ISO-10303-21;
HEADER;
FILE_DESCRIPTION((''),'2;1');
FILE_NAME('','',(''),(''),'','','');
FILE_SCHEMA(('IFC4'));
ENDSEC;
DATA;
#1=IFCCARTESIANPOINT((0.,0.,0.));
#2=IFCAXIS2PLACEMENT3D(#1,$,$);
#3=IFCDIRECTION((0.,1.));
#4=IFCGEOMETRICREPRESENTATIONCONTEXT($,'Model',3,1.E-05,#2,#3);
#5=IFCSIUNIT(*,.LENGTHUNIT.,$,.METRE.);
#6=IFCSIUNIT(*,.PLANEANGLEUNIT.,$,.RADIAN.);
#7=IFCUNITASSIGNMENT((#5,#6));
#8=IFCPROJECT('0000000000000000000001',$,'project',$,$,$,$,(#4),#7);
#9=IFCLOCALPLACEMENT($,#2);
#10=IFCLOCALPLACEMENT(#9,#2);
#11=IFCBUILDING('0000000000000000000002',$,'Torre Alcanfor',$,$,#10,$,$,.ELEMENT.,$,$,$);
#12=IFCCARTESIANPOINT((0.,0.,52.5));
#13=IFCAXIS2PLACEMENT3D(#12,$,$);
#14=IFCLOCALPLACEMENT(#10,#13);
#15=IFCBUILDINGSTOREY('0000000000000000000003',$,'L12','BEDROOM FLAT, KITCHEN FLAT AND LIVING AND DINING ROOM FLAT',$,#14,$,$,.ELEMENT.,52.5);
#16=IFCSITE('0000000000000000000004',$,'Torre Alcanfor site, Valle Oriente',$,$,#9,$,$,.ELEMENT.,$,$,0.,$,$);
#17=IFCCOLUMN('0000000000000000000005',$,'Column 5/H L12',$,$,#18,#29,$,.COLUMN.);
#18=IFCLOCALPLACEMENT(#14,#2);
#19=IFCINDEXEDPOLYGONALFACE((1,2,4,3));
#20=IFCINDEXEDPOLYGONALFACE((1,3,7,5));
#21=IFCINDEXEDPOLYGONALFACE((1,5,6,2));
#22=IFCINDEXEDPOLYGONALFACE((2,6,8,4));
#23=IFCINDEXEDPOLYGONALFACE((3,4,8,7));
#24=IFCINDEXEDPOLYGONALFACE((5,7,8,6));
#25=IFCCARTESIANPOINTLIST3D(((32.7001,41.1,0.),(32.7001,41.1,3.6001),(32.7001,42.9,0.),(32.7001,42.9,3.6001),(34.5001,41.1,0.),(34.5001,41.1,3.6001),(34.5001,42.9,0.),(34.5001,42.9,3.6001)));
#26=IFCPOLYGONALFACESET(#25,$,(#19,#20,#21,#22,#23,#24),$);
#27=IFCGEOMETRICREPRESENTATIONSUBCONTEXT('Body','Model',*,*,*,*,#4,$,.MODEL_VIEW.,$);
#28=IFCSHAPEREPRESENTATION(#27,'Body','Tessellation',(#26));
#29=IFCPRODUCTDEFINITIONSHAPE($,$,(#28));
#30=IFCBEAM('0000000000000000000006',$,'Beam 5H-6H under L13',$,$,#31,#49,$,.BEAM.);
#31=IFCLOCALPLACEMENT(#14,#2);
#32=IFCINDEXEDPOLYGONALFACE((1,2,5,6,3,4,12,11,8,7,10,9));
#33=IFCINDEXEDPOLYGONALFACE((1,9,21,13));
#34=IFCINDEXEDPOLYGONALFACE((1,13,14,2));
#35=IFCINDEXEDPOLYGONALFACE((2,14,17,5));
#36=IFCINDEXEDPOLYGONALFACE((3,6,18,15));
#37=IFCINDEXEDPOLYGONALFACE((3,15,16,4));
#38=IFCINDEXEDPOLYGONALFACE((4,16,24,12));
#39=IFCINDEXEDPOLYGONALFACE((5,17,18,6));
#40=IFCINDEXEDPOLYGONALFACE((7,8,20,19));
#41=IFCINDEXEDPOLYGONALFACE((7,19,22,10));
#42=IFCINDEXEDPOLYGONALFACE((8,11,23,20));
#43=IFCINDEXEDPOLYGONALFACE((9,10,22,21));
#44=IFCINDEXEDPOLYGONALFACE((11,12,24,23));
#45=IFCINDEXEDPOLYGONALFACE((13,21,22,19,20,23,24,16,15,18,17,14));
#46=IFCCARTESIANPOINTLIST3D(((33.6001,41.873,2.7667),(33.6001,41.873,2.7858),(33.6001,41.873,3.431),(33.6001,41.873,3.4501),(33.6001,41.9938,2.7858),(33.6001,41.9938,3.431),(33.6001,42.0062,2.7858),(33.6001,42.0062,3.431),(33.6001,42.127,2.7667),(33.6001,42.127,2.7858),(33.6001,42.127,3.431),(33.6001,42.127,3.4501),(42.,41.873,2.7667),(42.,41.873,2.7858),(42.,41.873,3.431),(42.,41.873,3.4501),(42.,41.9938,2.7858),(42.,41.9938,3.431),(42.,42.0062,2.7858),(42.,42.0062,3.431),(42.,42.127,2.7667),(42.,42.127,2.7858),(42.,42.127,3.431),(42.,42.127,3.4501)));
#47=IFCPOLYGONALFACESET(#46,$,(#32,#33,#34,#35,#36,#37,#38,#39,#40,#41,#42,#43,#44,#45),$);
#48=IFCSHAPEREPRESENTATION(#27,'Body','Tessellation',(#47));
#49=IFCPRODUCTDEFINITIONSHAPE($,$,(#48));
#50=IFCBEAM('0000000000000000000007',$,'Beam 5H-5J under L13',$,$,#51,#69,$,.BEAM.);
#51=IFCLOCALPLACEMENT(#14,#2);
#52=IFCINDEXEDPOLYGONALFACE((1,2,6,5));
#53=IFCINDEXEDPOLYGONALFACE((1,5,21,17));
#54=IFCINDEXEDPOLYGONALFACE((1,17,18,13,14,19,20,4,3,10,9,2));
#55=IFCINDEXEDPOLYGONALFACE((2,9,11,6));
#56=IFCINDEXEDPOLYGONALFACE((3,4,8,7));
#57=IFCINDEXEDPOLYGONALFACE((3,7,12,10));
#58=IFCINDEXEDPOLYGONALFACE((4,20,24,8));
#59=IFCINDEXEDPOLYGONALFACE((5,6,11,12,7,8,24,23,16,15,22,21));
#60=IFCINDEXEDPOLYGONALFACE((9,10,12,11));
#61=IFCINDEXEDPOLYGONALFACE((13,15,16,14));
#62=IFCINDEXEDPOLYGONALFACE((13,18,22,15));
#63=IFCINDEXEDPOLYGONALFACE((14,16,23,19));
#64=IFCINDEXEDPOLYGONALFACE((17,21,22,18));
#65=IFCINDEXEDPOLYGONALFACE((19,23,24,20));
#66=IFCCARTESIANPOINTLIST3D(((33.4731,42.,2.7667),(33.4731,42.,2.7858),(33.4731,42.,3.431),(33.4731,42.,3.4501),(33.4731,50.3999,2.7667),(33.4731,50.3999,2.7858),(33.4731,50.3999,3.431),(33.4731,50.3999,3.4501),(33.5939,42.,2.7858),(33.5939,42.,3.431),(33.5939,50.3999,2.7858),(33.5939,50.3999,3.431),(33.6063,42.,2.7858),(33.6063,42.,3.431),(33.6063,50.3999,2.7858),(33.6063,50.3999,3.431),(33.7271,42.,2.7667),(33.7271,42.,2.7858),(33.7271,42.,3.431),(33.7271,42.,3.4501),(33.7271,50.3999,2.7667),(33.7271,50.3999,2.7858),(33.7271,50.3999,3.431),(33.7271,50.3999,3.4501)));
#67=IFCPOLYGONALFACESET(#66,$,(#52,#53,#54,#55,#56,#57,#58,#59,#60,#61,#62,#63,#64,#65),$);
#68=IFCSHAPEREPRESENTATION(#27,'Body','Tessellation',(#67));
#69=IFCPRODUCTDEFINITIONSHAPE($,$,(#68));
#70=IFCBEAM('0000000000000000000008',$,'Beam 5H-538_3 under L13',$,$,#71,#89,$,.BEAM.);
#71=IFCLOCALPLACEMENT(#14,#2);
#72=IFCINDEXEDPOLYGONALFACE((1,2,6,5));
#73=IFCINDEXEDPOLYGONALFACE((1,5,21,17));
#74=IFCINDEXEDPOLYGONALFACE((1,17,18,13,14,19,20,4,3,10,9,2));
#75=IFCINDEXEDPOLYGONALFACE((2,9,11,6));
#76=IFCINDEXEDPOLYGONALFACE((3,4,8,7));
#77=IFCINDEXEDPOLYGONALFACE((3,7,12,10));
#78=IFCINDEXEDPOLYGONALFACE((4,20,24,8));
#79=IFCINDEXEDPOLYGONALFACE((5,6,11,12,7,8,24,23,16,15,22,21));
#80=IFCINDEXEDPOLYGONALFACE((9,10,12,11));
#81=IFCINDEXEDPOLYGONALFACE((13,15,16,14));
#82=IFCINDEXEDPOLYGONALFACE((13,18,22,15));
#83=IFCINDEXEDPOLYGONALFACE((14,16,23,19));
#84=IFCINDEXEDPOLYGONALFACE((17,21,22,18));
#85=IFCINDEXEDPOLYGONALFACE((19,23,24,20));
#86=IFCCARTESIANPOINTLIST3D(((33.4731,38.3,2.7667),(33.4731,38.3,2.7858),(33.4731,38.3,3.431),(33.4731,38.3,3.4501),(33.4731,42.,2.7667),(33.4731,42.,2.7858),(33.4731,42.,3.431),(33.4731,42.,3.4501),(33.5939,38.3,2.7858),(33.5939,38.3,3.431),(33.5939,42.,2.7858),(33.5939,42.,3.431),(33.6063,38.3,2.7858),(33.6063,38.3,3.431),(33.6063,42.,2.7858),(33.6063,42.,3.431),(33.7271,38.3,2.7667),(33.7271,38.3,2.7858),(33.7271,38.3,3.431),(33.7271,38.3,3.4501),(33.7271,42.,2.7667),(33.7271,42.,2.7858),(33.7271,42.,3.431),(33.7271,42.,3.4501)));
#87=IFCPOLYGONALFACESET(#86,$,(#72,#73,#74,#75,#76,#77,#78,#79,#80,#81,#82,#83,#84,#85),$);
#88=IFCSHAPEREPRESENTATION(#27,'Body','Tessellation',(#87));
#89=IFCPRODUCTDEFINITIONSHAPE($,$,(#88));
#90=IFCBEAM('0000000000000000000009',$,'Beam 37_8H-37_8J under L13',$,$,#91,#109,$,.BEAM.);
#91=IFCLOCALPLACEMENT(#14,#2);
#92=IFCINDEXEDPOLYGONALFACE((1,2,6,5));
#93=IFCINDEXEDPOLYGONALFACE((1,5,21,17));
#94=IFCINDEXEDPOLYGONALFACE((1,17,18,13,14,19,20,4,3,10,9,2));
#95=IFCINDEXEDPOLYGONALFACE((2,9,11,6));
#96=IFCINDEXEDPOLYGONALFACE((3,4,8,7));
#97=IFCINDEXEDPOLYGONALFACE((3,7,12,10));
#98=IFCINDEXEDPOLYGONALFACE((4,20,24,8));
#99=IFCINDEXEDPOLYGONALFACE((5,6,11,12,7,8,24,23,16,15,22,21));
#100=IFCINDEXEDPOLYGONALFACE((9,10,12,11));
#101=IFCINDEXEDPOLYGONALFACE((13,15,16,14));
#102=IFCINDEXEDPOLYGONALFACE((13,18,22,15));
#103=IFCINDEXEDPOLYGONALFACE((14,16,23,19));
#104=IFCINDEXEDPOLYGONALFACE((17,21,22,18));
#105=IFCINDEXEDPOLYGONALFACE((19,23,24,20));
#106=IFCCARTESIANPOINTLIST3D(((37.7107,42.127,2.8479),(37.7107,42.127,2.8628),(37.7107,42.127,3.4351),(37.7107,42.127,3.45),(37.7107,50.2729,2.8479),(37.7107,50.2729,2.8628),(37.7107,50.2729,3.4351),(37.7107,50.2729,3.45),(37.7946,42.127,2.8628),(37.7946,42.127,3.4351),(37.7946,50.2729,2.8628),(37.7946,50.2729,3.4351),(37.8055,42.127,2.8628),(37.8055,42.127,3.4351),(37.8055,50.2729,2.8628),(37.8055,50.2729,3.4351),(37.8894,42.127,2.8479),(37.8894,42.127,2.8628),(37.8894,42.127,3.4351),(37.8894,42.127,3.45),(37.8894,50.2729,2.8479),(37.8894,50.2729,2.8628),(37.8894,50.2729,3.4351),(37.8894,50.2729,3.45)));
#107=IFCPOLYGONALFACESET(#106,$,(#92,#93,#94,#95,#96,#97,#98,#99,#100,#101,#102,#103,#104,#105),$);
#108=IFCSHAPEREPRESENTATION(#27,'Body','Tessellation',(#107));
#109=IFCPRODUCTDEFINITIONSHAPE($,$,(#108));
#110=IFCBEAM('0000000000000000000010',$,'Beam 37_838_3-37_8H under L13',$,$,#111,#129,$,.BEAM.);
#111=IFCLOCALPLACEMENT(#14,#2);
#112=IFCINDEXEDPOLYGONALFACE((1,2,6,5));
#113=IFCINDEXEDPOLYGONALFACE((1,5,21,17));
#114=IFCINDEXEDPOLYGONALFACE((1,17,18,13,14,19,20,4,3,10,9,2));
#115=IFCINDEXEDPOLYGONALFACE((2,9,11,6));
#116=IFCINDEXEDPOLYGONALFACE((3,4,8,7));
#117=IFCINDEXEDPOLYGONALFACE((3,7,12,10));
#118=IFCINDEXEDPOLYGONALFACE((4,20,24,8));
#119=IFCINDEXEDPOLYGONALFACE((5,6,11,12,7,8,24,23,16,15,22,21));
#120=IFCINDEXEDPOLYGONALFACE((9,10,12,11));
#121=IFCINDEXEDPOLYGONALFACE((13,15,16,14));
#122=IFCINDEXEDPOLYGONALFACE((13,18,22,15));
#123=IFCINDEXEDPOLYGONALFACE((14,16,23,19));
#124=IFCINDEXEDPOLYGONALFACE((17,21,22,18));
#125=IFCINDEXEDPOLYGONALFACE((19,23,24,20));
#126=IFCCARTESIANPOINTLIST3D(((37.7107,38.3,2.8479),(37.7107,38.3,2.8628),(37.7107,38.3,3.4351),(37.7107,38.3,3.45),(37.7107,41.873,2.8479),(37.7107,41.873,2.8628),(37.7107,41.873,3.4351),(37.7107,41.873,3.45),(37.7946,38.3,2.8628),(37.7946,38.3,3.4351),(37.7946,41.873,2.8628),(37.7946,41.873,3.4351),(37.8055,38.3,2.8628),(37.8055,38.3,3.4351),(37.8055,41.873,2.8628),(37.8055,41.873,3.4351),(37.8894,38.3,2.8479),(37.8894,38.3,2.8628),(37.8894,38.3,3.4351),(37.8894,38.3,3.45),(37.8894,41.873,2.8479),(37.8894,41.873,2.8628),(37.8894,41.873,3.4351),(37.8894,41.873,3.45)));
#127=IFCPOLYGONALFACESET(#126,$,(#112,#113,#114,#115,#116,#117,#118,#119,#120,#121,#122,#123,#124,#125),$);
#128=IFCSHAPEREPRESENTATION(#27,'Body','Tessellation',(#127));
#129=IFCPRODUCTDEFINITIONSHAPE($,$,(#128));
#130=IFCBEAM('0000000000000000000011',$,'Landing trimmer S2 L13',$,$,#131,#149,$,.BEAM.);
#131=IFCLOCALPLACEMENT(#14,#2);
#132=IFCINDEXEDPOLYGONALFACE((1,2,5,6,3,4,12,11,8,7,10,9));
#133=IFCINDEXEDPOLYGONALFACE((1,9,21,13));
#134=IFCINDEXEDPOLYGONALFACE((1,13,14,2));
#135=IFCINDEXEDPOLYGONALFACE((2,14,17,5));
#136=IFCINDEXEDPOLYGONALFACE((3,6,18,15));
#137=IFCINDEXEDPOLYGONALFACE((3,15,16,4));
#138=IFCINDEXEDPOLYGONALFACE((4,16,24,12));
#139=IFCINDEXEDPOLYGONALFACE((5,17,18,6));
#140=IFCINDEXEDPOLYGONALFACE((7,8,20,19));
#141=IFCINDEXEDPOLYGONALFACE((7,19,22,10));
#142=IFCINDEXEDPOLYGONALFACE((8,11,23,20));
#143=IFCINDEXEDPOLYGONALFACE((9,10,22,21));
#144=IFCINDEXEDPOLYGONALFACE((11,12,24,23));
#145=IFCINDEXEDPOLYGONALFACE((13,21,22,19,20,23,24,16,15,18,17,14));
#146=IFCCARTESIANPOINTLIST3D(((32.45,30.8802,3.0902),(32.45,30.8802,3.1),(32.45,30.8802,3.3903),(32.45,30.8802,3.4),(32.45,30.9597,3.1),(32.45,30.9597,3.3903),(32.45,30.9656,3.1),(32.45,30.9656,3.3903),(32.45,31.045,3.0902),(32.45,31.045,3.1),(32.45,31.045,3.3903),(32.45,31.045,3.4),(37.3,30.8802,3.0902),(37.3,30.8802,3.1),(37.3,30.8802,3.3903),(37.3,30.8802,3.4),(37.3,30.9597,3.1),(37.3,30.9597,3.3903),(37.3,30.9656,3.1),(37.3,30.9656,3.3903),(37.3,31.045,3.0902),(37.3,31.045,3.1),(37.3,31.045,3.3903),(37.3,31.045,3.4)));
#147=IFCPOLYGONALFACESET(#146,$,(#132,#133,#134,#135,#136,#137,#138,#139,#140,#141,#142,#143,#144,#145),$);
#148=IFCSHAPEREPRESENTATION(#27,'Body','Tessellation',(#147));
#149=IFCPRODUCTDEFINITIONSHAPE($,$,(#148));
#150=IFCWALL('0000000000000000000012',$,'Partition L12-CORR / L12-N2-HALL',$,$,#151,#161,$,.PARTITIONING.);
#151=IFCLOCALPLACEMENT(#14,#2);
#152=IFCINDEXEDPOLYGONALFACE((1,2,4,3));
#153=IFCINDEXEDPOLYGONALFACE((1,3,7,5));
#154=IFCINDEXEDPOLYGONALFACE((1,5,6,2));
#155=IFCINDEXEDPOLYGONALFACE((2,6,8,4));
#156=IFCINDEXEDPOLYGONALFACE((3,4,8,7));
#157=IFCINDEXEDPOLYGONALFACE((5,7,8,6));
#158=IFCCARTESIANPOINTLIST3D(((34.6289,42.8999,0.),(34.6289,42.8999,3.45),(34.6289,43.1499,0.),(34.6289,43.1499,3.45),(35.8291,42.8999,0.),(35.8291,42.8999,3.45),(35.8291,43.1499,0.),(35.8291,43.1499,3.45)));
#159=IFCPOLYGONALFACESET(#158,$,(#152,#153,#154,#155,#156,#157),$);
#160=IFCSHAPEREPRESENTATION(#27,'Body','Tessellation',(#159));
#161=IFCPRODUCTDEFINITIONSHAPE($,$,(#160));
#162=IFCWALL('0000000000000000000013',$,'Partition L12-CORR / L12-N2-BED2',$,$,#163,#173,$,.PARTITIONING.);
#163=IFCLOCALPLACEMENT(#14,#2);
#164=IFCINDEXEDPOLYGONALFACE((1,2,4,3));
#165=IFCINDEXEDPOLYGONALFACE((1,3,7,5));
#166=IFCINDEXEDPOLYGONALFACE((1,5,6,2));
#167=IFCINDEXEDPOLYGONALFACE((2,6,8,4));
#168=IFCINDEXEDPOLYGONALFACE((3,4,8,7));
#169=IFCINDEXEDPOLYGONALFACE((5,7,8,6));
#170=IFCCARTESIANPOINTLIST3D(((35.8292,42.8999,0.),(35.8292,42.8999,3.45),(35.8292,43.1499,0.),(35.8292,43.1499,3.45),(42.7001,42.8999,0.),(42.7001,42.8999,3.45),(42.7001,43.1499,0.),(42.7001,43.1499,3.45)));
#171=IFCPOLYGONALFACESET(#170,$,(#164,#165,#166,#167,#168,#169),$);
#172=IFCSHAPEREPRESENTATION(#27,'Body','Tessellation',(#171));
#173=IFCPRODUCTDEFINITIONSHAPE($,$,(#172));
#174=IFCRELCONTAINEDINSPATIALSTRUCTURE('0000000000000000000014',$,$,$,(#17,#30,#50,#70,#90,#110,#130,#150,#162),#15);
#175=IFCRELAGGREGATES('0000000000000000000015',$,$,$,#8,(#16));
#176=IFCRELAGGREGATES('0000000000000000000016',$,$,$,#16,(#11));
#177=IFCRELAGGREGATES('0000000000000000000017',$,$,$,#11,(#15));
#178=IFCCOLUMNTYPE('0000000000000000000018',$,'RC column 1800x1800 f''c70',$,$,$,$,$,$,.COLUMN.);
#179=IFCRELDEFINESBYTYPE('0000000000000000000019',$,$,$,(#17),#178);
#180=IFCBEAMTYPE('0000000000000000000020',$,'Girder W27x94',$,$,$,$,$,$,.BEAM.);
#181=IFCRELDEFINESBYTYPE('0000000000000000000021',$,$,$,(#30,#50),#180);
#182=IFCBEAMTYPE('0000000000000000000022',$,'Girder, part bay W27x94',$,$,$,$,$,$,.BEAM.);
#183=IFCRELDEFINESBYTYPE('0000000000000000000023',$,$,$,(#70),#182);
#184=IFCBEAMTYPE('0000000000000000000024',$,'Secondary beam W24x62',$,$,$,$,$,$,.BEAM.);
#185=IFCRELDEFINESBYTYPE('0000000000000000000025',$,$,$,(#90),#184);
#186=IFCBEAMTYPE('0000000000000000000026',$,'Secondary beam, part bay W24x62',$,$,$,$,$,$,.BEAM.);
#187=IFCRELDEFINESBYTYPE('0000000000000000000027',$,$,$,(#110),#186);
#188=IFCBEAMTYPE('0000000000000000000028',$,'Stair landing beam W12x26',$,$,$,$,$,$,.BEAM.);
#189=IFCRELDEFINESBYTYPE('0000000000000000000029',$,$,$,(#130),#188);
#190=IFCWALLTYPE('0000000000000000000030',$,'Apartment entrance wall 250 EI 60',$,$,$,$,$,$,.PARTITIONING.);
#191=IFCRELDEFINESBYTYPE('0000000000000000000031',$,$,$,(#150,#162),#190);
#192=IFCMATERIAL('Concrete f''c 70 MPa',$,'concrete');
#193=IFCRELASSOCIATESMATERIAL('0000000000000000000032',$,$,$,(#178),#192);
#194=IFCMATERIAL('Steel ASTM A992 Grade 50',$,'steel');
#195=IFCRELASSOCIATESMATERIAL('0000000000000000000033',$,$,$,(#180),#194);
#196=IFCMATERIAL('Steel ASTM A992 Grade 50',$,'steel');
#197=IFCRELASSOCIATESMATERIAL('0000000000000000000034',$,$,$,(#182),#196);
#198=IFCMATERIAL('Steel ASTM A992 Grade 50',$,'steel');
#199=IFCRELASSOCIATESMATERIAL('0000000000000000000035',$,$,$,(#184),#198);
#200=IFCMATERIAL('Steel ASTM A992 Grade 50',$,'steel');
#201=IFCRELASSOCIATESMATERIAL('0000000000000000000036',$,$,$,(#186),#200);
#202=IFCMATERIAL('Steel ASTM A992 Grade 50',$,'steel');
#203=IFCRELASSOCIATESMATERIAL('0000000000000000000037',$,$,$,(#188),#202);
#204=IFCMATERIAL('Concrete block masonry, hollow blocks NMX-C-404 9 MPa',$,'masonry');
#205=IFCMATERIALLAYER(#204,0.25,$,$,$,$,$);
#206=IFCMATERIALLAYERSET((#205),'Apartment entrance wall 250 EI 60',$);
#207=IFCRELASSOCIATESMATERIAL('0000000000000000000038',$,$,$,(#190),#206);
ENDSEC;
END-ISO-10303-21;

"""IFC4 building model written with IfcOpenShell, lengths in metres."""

from ifc_helpers import new_model, si_unit, direction, frame, frame_2d, origin, origin_2d, place, context, subcontext, project, spatial, rectangle, i_section, extrude, material, layer, layer_set, material_profile, profile_set, type_object, element, save


model = new_model("IFC4")

# Units and contexts
model_context = context("Model", 3, precision=1e-05, world=origin(), true_north=direction((0.0, 1.0)))
body_context = subcontext(model_context, "Body", "Model", "MODEL_VIEW")
ifc_project = project(units=[si_unit("LENGTHUNIT", "METRE"), si_unit("PLANEANGLEUNIT", "RADIAN")], contexts=[model_context])

# Site, building, storey
site_placement = place(None, origin())
site = spatial("IfcSite", under=ifc_project, at=site_placement, Name="Torre Alcanfor site, Valle Oriente", CompositionType="ELEMENT", RefElevation=0.0)
building_placement = place(site_placement, origin())
building = spatial("IfcBuilding", under=site, at=building_placement, Name="Torre Alcanfor", CompositionType="ELEMENT")
storey_placement = place(building_placement, frame((0.0, 0.0, 52.5)))
storey = spatial("IfcBuildingStorey", under=building, at=storey_placement, Name="L12", Description="BEDROOM FLAT, KITCHEN FLAT AND LIVING AND DINING ROOM FLAT", CompositionType="ELEMENT", Elevation=52.5)

# Column
ifc_material_1 = material(Name="Concrete f'c 70 MPa", Category="concrete")
ifc_material_profile_1 = material_profile(ifc_material_1, rectangle(XDim=1.8, YDim=1.8, at=origin_2d()), Name="1800x1800")
ifc_profile_set_1 = profile_set([ifc_material_profile_1], Name="Concrete f'c 70 MPa")
column_type = type_object("IfcColumnType", Name="RC column 1800x1800 f'c70", PredefinedType="COLUMN", material=ifc_profile_set_1)
column_placement = place(storey_placement, frame((33.6001, 42.0, 0.0), z_axis=(0.0, 0.0, 1.0), x_axis=(1.0, 0.0, 0.0)))
element("IfcColumn", 1, at=column_placement, inside=storey, type_object=column_type, Name="Column 5/H L12", PredefinedType="COLUMN", context=body_context, shape_type="SweptSolid", body=[
    extrude(rectangle(XDim=1.8, YDim=1.8, at=origin_2d()), origin(), (0.0, 0.0, 1.0), 3.6001),
])

# Beams
ifc_material_2 = material(Name="Steel ASTM A992 Grade 50", Category="steel")
ifc_material_profile_2 = material_profile(ifc_material_2, i_section(OverallWidth=0.2539, OverallDepth=0.6833, WebThickness=0.0125, FlangeThickness=0.019, at=origin_2d()), Name="W27x94")
ifc_profile_set_2 = profile_set([ifc_material_profile_2], Name="Steel ASTM A992 Grade 50")
beam_type_1 = type_object("IfcBeamType", Name="Girder W27x94", PredefinedType="BEAM", material=ifc_profile_set_2)
for number, where, z_axis, x_axis, name in (
    (2, (33.6001, 42.0, 3.1084), (1.0, 0.0, 0.0), (0.0, 1.0, 0.0), "Beam 5H-6H under L13"),
    (3, (33.6001, 42.0, 3.1084), (0.0, 1.0, 0.0), (-1.0, 0.0, 0.0), "Beam 5H-5J under L13"),
):
    element("IfcBeam", number, at=place(storey_placement, frame(where, z_axis=z_axis, x_axis=x_axis)), inside=storey, type_object=beam_type_1, Name=name, PredefinedType="BEAM", context=body_context, shape_type="SweptSolid", body=[
        extrude(i_section(OverallWidth=0.2539, OverallDepth=0.6833, WebThickness=0.0125, FlangeThickness=0.019, at=origin_2d()), origin(), (0.0, 0.0, 1.0), 8.3999),
    ])
ifc_material_3 = material(Name="Steel ASTM A992 Grade 50", Category="steel")
ifc_material_profile_3 = material_profile(ifc_material_3, i_section(OverallWidth=0.2539, OverallDepth=0.6833, WebThickness=0.0125, FlangeThickness=0.019, at=origin_2d()), Name="W27x94")
ifc_profile_set_3 = profile_set([ifc_material_profile_3], Name="Steel ASTM A992 Grade 50")
beam_type_2 = type_object("IfcBeamType", Name="Girder, part bay W27x94", PredefinedType="BEAM", material=ifc_profile_set_3)
beam_1_placement = place(storey_placement, frame((33.6001, 42.0, 3.1084), z_axis=(0.0, -1.0, 0.0), x_axis=(1.0, 0.0, 0.0)))
element("IfcBeam", 4, at=beam_1_placement, inside=storey, type_object=beam_type_2, Name="Beam 5H-538_3 under L13", PredefinedType="BEAM", context=body_context, shape_type="SweptSolid", body=[
    extrude(i_section(OverallWidth=0.2539, OverallDepth=0.6833, WebThickness=0.0125, FlangeThickness=0.019, at=origin_2d()), origin(), (0.0, 0.0, 1.0), 3.7),
])
ifc_material_4 = material(Name="Steel ASTM A992 Grade 50", Category="steel")
ifc_material_profile_4 = material_profile(ifc_material_4, i_section(OverallWidth=0.1787, OverallDepth=0.6021, WebThickness=0.011, FlangeThickness=0.0149, at=origin_2d()), Name="W24x62")
ifc_profile_set_4 = profile_set([ifc_material_profile_4], Name="Steel ASTM A992 Grade 50")
beam_type_3 = type_object("IfcBeamType", Name="Secondary beam W24x62", PredefinedType="BEAM", material=ifc_profile_set_4)
beam_2_placement = place(storey_placement, frame((37.8, 42.127, 3.1489), z_axis=(0.0, 1.0, 0.0), x_axis=(-1.0, 0.0, 0.0)))
element("IfcBeam", 5, at=beam_2_placement, inside=storey, type_object=beam_type_3, Name="Beam 37_8H-37_8J under L13", PredefinedType="BEAM", context=body_context, shape_type="SweptSolid", body=[
    extrude(i_section(OverallWidth=0.1787, OverallDepth=0.6021, WebThickness=0.011, FlangeThickness=0.0149, at=origin_2d()), origin(), (0.0, 0.0, 1.0), 8.146),
])
ifc_material_5 = material(Name="Steel ASTM A992 Grade 50", Category="steel")
ifc_material_profile_5 = material_profile(ifc_material_5, i_section(OverallWidth=0.1787, OverallDepth=0.6021, WebThickness=0.011, FlangeThickness=0.0149, at=origin_2d()), Name="W24x62")
ifc_profile_set_5 = profile_set([ifc_material_profile_5], Name="Steel ASTM A992 Grade 50")
beam_type_4 = type_object("IfcBeamType", Name="Secondary beam, part bay W24x62", PredefinedType="BEAM", material=ifc_profile_set_5)
beam_3_placement = place(storey_placement, frame((37.8, 38.3, 3.1489), z_axis=(0.0, 1.0, 0.0), x_axis=(-1.0, 0.0, 0.0)))
element("IfcBeam", 6, at=beam_3_placement, inside=storey, type_object=beam_type_4, Name="Beam 37_838_3-37_8H under L13", PredefinedType="BEAM", context=body_context, shape_type="SweptSolid", body=[
    extrude(i_section(OverallWidth=0.1787, OverallDepth=0.6021, WebThickness=0.011, FlangeThickness=0.0149, at=origin_2d()), origin(), (0.0, 0.0, 1.0), 3.573),
])
ifc_material_6 = material(Name="Steel ASTM A992 Grade 50", Category="steel")
ifc_material_profile_6 = material_profile(ifc_material_6, i_section(OverallWidth=0.1648, OverallDepth=0.3098, WebThickness=0.0059, FlangeThickness=0.0098, at=origin_2d()), Name="W12x26")
ifc_profile_set_6 = profile_set([ifc_material_profile_6], Name="Steel ASTM A992 Grade 50")
beam_type_5 = type_object("IfcBeamType", Name="Stair landing beam W12x26", PredefinedType="BEAM", material=ifc_profile_set_6)
beam_4_placement = place(storey_placement, frame((32.45, 30.9626, 3.2451), z_axis=(1.0, 0.0, 0.0), x_axis=(0.0, 1.0, 0.0)))
element("IfcBeam", 7, at=beam_4_placement, inside=storey, type_object=beam_type_5, Name="Landing trimmer S2 L13", PredefinedType="BEAM", context=body_context, shape_type="SweptSolid", body=[
    extrude(i_section(OverallWidth=0.1648, OverallDepth=0.3098, WebThickness=0.0059, FlangeThickness=0.0098, at=origin_2d()), origin(), (0.0, 0.0, 1.0), 4.8501),
])

# Walls
ifc_material_7 = material(Name="Concrete block masonry, hollow blocks NMX-C-404 9 MPa", Category="masonry")
ifc_layer_1 = layer(ifc_material_7, 0.25)
ifc_layer_set_1 = layer_set([ifc_layer_1], Name="Apartment entrance wall 250 EI 60")
wall_type_1 = type_object("IfcWallType", Name="Apartment entrance wall 250 EI 60", PredefinedType="PARTITIONING", material=ifc_layer_set_1)
wall_1_placement = place(storey_placement, frame((34.6289, 43.0249, 0.0), z_axis=(0.0, 0.0, 1.0), x_axis=(1.0, 0.0, 0.0)))
element("IfcWall", 8, at=wall_1_placement, inside=storey, type_object=wall_type_1, Name="Partition L12-CORR / L12-N2-HALL", PredefinedType="PARTITIONING", context=body_context, shape_type="SweptSolid", body=[
    extrude(rectangle(XDim=1.2002, YDim=0.25, at=frame_2d((0.6001, 0.0))), origin(), (0.0, 0.0, 1.0), 3.45),
])
wall_2_placement = place(storey_placement, frame((35.8291, 43.0249, 0.0), z_axis=(0.0, 0.0, 1.0), x_axis=(1.0, 0.0, 0.0)))
element("IfcWall", 9, at=wall_2_placement, inside=storey, type_object=wall_type_1, Name="Partition L12-CORR / L12-N2-BED2", PredefinedType="PARTITIONING", context=body_context, shape_type="SweptSolid", body=[
    extrude(rectangle(XDim=6.8708, YDim=0.25, at=frame_2d((3.4355, 0.0))), origin(), (0.0, 0.0, 1.0), 3.45),
])

save(model, "model.ifc")
